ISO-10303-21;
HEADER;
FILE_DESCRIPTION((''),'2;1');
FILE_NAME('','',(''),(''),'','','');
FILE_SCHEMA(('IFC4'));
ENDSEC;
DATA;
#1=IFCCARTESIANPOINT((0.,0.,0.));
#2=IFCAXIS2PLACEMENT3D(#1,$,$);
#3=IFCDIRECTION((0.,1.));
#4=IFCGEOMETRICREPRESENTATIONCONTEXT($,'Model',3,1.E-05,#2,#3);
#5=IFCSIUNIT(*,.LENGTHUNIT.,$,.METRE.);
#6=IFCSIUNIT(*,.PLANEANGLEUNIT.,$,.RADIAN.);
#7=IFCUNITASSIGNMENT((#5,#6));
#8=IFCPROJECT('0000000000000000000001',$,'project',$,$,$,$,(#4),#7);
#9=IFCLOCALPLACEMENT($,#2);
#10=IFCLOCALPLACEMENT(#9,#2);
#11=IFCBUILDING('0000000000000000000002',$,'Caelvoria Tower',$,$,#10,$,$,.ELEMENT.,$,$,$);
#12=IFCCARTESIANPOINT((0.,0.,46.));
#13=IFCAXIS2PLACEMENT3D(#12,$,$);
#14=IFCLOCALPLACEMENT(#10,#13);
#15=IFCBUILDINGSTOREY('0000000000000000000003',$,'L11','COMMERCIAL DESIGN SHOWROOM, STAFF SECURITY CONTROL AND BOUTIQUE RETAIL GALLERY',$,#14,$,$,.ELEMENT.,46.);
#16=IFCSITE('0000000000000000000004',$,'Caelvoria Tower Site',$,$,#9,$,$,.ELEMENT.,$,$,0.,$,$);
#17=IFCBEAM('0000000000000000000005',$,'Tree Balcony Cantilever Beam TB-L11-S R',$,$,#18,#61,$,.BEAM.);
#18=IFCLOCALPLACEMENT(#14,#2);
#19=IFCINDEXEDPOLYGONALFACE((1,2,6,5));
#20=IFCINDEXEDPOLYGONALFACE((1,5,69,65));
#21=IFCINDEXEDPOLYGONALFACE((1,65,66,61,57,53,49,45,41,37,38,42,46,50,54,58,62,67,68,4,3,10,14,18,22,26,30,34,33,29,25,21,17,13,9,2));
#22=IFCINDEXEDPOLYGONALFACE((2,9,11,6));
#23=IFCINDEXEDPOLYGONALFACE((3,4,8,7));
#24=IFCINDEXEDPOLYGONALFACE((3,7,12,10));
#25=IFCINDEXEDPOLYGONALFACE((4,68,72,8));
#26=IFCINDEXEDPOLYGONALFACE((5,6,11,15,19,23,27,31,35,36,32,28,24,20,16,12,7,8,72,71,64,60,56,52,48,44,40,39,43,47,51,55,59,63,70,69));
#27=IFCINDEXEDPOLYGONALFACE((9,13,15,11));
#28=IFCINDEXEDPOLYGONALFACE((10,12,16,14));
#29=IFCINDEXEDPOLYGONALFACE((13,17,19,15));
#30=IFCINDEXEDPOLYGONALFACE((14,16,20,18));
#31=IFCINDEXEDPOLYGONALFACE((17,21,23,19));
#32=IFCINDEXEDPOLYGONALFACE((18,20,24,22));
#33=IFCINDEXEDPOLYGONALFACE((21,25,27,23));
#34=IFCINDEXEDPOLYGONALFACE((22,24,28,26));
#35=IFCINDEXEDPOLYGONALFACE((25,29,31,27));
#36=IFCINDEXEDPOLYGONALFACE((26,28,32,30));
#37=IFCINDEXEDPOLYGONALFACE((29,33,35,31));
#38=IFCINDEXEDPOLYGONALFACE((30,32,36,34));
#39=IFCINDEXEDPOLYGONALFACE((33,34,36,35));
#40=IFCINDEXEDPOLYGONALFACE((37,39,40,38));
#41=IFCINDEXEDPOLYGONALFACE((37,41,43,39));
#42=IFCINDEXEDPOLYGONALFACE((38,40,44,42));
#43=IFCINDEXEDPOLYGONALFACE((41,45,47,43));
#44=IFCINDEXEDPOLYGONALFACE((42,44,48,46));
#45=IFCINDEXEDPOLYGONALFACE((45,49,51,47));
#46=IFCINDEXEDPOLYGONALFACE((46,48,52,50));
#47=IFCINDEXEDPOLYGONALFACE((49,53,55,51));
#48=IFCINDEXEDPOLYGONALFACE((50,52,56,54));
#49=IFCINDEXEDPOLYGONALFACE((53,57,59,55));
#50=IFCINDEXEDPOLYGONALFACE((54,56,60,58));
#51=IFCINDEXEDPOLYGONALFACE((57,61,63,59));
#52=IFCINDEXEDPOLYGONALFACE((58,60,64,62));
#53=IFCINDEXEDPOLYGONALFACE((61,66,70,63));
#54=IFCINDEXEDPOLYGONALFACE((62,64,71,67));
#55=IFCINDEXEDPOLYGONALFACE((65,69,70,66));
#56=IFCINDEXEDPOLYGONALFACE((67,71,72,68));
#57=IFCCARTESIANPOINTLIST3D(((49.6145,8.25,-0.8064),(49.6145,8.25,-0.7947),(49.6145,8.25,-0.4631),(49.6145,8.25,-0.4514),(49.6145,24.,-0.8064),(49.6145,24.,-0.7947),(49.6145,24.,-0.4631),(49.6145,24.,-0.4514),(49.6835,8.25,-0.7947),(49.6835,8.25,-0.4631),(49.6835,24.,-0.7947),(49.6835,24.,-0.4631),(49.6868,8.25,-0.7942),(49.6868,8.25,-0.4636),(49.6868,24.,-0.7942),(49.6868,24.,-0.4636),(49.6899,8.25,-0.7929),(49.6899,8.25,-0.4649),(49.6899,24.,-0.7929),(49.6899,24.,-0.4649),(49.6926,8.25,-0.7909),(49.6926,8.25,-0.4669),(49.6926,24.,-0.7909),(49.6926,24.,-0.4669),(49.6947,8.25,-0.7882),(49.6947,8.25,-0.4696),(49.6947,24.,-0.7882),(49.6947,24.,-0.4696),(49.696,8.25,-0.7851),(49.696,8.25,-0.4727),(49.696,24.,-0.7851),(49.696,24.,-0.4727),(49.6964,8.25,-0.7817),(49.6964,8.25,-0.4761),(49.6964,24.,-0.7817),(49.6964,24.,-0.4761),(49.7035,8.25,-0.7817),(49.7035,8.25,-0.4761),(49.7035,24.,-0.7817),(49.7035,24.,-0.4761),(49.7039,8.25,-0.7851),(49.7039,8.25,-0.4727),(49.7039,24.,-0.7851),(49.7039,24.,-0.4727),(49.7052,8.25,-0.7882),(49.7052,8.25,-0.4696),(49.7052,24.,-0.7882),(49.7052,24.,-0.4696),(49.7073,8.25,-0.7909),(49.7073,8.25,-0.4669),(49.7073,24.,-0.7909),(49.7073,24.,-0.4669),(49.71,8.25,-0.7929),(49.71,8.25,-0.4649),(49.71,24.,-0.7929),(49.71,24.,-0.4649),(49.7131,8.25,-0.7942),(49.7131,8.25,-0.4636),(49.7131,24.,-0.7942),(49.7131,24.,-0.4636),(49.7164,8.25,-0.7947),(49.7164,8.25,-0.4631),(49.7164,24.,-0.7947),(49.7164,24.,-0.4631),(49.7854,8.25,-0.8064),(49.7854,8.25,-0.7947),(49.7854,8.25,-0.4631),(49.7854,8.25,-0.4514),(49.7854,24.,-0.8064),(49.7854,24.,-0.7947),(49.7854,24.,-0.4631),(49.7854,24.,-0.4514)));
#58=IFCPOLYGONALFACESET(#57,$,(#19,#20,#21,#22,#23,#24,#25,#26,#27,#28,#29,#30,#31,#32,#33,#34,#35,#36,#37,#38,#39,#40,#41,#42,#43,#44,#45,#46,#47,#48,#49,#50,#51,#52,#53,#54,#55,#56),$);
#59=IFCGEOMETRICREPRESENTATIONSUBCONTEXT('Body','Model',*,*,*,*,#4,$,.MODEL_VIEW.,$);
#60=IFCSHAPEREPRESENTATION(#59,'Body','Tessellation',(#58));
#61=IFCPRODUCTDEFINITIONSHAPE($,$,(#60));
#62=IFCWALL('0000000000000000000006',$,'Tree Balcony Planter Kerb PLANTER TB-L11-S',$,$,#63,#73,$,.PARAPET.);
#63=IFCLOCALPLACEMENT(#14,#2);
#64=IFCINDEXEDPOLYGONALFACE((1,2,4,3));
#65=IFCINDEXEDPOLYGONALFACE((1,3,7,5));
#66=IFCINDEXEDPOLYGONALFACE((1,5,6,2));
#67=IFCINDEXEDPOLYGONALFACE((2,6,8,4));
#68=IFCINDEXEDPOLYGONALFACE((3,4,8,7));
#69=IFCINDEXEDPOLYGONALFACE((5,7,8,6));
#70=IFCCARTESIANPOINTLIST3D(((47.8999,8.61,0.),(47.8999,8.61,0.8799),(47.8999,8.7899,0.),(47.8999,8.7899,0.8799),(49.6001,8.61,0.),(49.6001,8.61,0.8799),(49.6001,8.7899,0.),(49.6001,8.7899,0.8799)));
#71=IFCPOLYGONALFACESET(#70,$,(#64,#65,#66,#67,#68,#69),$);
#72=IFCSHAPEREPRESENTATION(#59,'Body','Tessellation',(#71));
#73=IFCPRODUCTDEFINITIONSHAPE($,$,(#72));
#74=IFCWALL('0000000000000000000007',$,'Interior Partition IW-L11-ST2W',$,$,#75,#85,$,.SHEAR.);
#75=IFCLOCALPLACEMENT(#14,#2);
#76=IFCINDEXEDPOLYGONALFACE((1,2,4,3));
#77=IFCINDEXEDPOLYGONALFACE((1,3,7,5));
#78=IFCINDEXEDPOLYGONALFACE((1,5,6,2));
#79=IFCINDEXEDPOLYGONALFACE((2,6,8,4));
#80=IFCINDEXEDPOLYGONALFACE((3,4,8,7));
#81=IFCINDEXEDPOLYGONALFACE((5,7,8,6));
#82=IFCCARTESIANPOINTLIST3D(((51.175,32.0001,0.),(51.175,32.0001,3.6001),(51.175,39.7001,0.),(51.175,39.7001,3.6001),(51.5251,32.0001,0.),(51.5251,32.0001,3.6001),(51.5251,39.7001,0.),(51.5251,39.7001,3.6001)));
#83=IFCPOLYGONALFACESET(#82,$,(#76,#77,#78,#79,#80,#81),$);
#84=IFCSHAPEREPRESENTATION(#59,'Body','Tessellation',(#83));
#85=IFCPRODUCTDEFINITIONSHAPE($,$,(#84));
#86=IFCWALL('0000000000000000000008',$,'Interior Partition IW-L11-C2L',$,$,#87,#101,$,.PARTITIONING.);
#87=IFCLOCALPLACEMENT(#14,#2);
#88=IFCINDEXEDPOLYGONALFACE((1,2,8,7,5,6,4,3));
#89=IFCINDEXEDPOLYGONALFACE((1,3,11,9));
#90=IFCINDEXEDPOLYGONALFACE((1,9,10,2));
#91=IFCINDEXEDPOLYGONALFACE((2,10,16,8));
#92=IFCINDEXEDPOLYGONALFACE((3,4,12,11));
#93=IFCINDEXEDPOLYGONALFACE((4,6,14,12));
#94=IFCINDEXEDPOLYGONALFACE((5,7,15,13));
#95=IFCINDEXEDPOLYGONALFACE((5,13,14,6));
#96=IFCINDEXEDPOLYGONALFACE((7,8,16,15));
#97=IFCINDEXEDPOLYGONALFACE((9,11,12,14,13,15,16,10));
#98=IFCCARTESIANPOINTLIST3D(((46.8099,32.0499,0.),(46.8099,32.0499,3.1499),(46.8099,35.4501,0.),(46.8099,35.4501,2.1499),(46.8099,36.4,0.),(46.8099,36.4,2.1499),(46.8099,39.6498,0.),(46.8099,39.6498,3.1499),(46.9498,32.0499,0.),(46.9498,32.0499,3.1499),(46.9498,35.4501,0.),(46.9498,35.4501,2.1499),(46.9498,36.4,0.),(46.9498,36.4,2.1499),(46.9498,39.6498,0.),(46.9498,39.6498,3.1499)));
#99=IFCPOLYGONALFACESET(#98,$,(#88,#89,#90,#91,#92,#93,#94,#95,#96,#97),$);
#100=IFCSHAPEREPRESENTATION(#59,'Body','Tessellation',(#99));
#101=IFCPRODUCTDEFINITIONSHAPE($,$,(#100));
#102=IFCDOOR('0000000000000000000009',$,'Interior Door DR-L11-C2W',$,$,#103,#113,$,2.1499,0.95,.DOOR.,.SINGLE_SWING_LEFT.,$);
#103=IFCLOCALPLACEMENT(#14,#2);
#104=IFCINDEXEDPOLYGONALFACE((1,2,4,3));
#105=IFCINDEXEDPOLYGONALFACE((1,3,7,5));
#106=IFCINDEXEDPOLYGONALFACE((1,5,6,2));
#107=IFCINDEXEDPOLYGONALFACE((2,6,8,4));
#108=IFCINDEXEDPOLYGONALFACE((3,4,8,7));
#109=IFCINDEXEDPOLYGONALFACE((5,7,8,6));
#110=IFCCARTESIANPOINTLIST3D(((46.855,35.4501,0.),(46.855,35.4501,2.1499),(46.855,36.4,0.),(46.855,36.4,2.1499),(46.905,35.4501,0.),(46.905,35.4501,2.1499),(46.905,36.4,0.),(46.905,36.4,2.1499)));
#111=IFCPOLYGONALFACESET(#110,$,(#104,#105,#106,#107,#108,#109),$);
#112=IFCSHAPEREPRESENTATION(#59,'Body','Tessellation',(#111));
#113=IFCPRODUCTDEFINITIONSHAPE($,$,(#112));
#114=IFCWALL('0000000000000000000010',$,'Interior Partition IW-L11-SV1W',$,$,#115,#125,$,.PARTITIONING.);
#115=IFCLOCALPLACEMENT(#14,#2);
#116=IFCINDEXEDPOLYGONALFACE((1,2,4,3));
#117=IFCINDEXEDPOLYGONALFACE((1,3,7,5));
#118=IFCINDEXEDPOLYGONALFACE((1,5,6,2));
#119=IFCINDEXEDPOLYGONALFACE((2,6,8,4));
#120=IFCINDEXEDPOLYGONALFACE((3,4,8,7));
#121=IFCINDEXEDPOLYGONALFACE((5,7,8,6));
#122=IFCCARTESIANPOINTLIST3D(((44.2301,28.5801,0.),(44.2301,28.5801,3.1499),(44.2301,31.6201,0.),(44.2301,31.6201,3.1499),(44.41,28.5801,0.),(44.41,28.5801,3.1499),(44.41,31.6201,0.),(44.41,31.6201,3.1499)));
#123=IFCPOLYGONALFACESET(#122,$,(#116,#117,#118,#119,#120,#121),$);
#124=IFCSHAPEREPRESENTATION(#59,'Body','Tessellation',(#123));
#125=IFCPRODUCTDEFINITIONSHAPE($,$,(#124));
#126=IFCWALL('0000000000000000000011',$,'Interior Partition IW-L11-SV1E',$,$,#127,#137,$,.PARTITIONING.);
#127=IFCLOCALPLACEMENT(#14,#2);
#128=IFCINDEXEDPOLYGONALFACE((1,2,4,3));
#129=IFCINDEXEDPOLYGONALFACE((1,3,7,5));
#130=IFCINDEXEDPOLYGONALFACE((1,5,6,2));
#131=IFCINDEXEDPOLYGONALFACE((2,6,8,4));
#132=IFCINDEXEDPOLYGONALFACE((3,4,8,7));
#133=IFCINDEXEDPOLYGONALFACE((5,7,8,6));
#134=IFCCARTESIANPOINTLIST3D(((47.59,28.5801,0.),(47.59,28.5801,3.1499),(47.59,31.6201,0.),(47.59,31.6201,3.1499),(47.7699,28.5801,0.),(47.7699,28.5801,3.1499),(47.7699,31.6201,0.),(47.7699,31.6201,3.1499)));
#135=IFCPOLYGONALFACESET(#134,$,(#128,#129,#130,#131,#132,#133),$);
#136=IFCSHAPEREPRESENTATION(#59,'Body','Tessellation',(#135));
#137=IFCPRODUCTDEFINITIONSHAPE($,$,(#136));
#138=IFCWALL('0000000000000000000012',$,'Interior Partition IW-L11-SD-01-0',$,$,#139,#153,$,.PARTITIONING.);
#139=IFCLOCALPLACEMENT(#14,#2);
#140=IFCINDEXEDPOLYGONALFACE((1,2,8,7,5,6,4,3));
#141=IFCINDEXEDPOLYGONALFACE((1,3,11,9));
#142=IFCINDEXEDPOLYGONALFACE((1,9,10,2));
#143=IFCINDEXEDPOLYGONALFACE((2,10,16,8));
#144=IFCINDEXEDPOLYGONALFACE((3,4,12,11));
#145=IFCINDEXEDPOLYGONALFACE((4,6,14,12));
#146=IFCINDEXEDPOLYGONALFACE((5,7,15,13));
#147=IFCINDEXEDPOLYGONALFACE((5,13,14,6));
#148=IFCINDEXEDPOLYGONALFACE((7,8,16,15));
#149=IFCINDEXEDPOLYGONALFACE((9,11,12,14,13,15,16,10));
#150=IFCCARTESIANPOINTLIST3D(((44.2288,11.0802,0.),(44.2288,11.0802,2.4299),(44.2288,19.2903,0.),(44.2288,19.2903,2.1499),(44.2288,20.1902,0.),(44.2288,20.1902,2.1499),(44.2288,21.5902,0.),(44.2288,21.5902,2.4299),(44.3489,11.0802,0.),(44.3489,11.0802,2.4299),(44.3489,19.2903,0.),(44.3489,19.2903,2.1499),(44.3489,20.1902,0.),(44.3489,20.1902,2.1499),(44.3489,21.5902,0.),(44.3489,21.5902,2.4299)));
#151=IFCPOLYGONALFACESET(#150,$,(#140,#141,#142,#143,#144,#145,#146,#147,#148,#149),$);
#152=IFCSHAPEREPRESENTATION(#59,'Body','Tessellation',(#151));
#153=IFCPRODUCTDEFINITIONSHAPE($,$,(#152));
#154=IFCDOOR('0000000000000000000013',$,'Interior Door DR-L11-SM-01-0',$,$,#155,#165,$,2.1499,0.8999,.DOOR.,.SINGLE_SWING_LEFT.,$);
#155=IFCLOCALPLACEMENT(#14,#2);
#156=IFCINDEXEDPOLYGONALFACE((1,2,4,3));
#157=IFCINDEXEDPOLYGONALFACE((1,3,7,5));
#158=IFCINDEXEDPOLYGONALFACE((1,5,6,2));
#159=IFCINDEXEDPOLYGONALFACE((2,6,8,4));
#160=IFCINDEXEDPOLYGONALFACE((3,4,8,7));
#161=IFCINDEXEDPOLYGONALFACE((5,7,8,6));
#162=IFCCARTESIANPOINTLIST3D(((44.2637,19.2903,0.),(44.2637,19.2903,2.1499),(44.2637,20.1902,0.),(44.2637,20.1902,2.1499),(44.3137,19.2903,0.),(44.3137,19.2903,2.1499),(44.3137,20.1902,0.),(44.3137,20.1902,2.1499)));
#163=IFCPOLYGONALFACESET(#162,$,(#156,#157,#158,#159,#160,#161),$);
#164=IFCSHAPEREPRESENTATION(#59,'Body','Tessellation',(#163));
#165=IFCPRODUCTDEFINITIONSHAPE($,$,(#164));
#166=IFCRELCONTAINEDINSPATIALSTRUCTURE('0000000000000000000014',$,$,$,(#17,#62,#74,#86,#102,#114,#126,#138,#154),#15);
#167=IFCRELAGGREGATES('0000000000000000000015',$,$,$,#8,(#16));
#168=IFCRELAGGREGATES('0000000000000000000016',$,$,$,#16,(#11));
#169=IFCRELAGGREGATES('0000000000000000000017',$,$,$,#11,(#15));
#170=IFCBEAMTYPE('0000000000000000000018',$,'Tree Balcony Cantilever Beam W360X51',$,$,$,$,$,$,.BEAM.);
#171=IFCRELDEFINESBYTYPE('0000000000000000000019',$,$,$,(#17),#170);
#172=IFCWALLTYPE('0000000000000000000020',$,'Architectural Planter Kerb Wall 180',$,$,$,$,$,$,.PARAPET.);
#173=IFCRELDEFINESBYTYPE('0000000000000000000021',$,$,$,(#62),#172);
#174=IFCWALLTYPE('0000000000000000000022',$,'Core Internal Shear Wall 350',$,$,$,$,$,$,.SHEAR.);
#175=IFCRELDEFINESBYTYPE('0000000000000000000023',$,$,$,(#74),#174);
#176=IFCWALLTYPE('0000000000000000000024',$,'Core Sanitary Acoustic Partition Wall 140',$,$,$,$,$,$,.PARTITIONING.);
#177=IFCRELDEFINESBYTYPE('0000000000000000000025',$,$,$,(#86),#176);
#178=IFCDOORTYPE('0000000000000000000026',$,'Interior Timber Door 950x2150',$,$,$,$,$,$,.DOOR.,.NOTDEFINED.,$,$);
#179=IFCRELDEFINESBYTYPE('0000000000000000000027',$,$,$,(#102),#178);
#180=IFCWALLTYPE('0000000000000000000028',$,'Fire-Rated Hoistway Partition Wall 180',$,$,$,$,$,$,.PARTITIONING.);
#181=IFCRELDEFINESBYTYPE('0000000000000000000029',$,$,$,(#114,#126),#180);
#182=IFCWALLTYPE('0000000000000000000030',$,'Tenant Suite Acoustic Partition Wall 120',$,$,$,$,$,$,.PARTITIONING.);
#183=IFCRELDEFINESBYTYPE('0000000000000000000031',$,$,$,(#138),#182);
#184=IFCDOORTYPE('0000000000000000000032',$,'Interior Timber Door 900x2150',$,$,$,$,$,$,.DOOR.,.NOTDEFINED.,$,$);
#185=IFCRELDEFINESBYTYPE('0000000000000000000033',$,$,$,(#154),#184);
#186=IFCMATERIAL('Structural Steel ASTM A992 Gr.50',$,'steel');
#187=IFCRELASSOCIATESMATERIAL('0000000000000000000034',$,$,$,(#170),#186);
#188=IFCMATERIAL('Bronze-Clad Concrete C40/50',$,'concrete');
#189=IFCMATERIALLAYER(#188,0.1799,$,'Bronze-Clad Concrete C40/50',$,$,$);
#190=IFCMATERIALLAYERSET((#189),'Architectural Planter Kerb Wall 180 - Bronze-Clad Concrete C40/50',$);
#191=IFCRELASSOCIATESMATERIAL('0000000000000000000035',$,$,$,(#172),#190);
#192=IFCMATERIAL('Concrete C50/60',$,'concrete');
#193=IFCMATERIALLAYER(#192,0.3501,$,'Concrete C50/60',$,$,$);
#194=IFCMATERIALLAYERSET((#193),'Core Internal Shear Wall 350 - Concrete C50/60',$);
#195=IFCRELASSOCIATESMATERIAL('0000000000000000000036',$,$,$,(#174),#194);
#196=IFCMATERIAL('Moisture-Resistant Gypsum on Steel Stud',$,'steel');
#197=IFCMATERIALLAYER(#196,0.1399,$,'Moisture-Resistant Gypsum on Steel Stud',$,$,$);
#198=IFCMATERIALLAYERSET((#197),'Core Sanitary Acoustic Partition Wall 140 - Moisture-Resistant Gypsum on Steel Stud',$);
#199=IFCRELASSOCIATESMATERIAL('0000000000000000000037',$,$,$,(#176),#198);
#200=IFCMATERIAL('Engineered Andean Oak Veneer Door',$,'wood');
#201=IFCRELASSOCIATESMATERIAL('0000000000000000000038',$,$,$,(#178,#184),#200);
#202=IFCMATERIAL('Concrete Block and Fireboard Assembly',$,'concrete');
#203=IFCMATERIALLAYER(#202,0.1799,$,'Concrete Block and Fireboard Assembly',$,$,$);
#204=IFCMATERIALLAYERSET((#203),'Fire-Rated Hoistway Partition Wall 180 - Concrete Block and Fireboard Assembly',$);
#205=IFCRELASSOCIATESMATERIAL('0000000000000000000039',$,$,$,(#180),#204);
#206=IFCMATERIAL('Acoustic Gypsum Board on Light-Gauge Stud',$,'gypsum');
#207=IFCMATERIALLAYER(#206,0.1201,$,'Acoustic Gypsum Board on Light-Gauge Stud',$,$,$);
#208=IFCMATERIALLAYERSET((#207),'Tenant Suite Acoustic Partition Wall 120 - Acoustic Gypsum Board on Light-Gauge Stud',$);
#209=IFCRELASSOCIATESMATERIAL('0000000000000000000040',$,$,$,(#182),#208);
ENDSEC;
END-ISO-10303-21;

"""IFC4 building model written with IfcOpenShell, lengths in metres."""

from ifc_helpers import new_model, si_unit, direction, frame, frame_2d, origin, origin_2d, place, context, subcontext, project, spatial, rectangle, i_section, extrude, material, layer, layer_set, material_profile, profile_set, type_object, element, fill, save


model = new_model("IFC4")

# Units and contexts
model_context = context("Model", 3, precision=1e-05, world=origin(), true_north=direction((0.0, 1.0)))
body_context = subcontext(model_context, "Body", "Model", "MODEL_VIEW")
ifc_project = project(units=[si_unit("LENGTHUNIT", "METRE"), si_unit("PLANEANGLEUNIT", "RADIAN")], contexts=[model_context])

# Site, building, storey
site_placement = place(None, origin())
site = spatial("IfcSite", under=ifc_project, at=site_placement, Name="Caelvoria Tower Site", CompositionType="ELEMENT", RefElevation=0.0)
building_placement = place(site_placement, origin())
building = spatial("IfcBuilding", under=site, at=building_placement, Name="Caelvoria Tower", CompositionType="ELEMENT")
storey_placement = place(building_placement, frame((0.0, 0.0, 46.0)))
storey = spatial("IfcBuildingStorey", under=building, at=storey_placement, Name="L11", Description="COMMERCIAL DESIGN SHOWROOM, STAFF SECURITY CONTROL AND BOUTIQUE RETAIL GALLERY", CompositionType="ELEMENT", Elevation=46.0)

# Beam
ifc_material_1 = material(Name="Structural Steel ASTM A992 Gr.50", Category="steel")
ifc_material_profile_1 = material_profile(ifc_material_1, i_section(OverallWidth=0.1709, OverallDepth=0.355, WebThickness=0.0071, FlangeThickness=0.0117, FilletRadius=0.0129, at=origin_2d()), Name="Structural Steel ASTM A992 Gr.50")
ifc_profile_set_1 = profile_set([ifc_material_profile_1], Name="W360X51 - Structural Steel ASTM A992 Gr.50")
beam_type_1 = type_object("IfcBeamType", Name="Tree Balcony Cantilever Beam W360X51", PredefinedType="BEAM", material=ifc_profile_set_1)
beam_1_placement = place(storey_placement, frame((49.7, 24.0, -0.6289), z_axis=(0.0, -1.0, 0.0), x_axis=(1.0, 0.0, 0.0)))
element("IfcBeam", 1, at=beam_1_placement, inside=storey, type_object=beam_type_1, Name="Tree Balcony Cantilever Beam TB-L11-S R", PredefinedType="BEAM", context=body_context, shape_type="SweptSolid", body=[
    extrude(i_section(OverallWidth=0.1709, OverallDepth=0.355, WebThickness=0.0071, FlangeThickness=0.0117, FilletRadius=0.0129, at=origin_2d()), origin(), (0.0, 0.0, 1.0), 15.75),
])

# Walls
ifc_material_2 = material(Name="Bronze-Clad Concrete C40/50", Category="concrete")
ifc_layer_1 = layer(ifc_material_2, 0.1799, Name="Bronze-Clad Concrete C40/50")
ifc_layer_set_1 = layer_set([ifc_layer_1], Name="Architectural Planter Kerb Wall 180 - Bronze-Clad Concrete C40/50")
wall_type_1 = type_object("IfcWallType", Name="Architectural Planter Kerb Wall 180", PredefinedType="PARAPET", material=ifc_layer_set_1)
wall_1_placement = place(storey_placement, frame((47.8999, 8.7, 0.0), z_axis=(0.0, 0.0, 1.0), x_axis=(1.0, 0.0, 0.0)))
element("IfcWall", 2, at=wall_1_placement, inside=storey, type_object=wall_type_1, Name="Tree Balcony Planter Kerb PLANTER TB-L11-S", PredefinedType="PARAPET", context=body_context, shape_type="SweptSolid", body=[
    extrude(rectangle(XDim=1.7002, YDim=0.1799, at=frame_2d((0.8501, 0.0))), origin(), (0.0, 0.0, 1.0), 0.8799),
])
ifc_material_3 = material(Name="Concrete C50/60", Category="concrete")
ifc_layer_2 = layer(ifc_material_3, 0.3501, Name="Concrete C50/60")
ifc_layer_set_2 = layer_set([ifc_layer_2], Name="Core Internal Shear Wall 350 - Concrete C50/60")
wall_type_2 = type_object("IfcWallType", Name="Core Internal Shear Wall 350", PredefinedType="SHEAR", material=ifc_layer_set_2)
wall_2_placement = place(storey_placement, frame((51.3501, 32.0, 0.0), z_axis=(0.0, 0.0, 1.0), x_axis=(0.0, 1.0, 0.0)))
element("IfcWall", 3, at=wall_2_placement, inside=storey, type_object=wall_type_2, Name="Interior Partition IW-L11-ST2W", PredefinedType="SHEAR", context=body_context, shape_type="SweptSolid", body=[
    extrude(rectangle(XDim=7.7, YDim=0.3501, at=frame_2d((3.8501, 0.0))), origin(), (0.0, 0.0, 1.0), 3.6001),
])

# Wall, opening, door
ifc_material_4 = material(Name="Moisture-Resistant Gypsum on Steel Stud", Category="steel")
ifc_layer_3 = layer(ifc_material_4, 0.1399, Name="Moisture-Resistant Gypsum on Steel Stud")
ifc_layer_set_3 = layer_set([ifc_layer_3], Name="Core Sanitary Acoustic Partition Wall 140 - Moisture-Resistant Gypsum on Steel Stud")
wall_type_3 = type_object("IfcWallType", Name="Core Sanitary Acoustic Partition Wall 140", PredefinedType="PARTITIONING", material=ifc_layer_set_3)
wall_3_placement = place(storey_placement, frame((46.8799, 32.05, 0.0), z_axis=(0.0, 0.0, 1.0), x_axis=(0.0, 1.0, 0.0)))
wall_3 = element("IfcWall", 4, at=wall_3_placement, inside=storey, type_object=wall_type_3, Name="Interior Partition IW-L11-C2L", PredefinedType="PARTITIONING", context=body_context, shape_type="SweptSolid", body=[
    extrude(rectangle(XDim=7.5999, YDim=0.1399, at=frame_2d((3.7998, 0.0))), origin(), (0.0, 0.0, 1.0), 3.1499),
])
opening_1_placement = place(wall_3_placement, frame((3.3999, 0.0, 0.0)))
opening_1 = element("IfcOpeningElement", 5, at=opening_1_placement, cuts=wall_3, PredefinedType="OPENING", context=body_context, shape_type="SweptSolid", body=[
    extrude(rectangle(XDim=0.95, YDim=2.1499, at=frame_2d((0.4751, 1.075))), frame((0.0, 0.0798, 0.0), z_axis=(0.0, -1.0, 0.0), x_axis=(1.0, 0.0, 0.0)), (0.0, 0.0, 1.0), 0.1599),
])
ifc_material_5 = material(Name="Engineered Andean Oak Veneer Door", Category="wood")
door_type_1 = type_object("IfcDoorType", Name="Interior Timber Door 950x2150", OperationType="NOTDEFINED", PredefinedType="DOOR", material=ifc_material_5)
door_1_placement = place(opening_1_placement, origin())
door_1 = element("IfcDoor", 6, at=door_1_placement, inside=storey, type_object=door_type_1, Name="Interior Door DR-L11-C2W", OperationType="SINGLE_SWING_LEFT", OverallHeight=2.1499, OverallWidth=0.95, PredefinedType="DOOR", context=body_context, shape_type="SweptSolid", body=[
    extrude(rectangle(XDim=0.95, YDim=2.1499, at=frame_2d((0.4751, 1.075))), frame((0.0, 0.0249, 0.0), z_axis=(0.0, -1.0, 0.0), x_axis=(1.0, 0.0, 0.0)), (0.0, 0.0, 1.0), 0.05),
])
fill(opening_1, door_1)

# Walls
ifc_material_6 = material(Name="Concrete Block and Fireboard Assembly", Category="concrete")
ifc_layer_4 = layer(ifc_material_6, 0.1799, Name="Concrete Block and Fireboard Assembly")
ifc_layer_set_4 = layer_set([ifc_layer_4], Name="Fire-Rated Hoistway Partition Wall 180 - Concrete Block and Fireboard Assembly")
wall_type_4 = type_object("IfcWallType", Name="Fire-Rated Hoistway Partition Wall 180", PredefinedType="PARTITIONING", material=ifc_layer_set_4)
for number, where, z_axis, x_axis, name in (
    (7, (44.3201, 28.5801, 0.0), (0.0, 0.0, 1.0), (0.0, 1.0, 0.0), "Interior Partition IW-L11-SV1W"),
    (8, (47.6799, 28.5801, 0.0), (0.0, 0.0, 1.0), (0.0, 1.0, 0.0), "Interior Partition IW-L11-SV1E"),
):
    element("IfcWall", number, at=place(storey_placement, frame(where, z_axis=z_axis, x_axis=x_axis)), inside=storey, type_object=wall_type_4, Name=name, PredefinedType="PARTITIONING", context=body_context, shape_type="SweptSolid", body=[
        extrude(rectangle(XDim=3.04, YDim=0.1799, at=frame_2d((1.52, 0.0))), origin(), (0.0, 0.0, 1.0), 3.1499),
    ])

# Wall, opening, door
ifc_material_7 = material(Name="Acoustic Gypsum Board on Light-Gauge Stud", Category="gypsum")
ifc_layer_5 = layer(ifc_material_7, 0.1201, Name="Acoustic Gypsum Board on Light-Gauge Stud")
ifc_layer_set_5 = layer_set([ifc_layer_5], Name="Tenant Suite Acoustic Partition Wall 120 - Acoustic Gypsum Board on Light-Gauge Stud")
wall_type_5 = type_object("IfcWallType", Name="Tenant Suite Acoustic Partition Wall 120", PredefinedType="PARTITIONING", material=ifc_layer_set_5)
wall_4_placement = place(storey_placement, frame((44.2888, 21.5901, 0.0), z_axis=(0.0, 0.0, 1.0), x_axis=(0.0, -1.0, 0.0)))
wall_4 = element("IfcWall", 9, at=wall_4_placement, inside=storey, type_object=wall_type_5, Name="Interior Partition IW-L11-SD-01-0", PredefinedType="PARTITIONING", context=body_context, shape_type="SweptSolid", body=[
    extrude(rectangle(XDim=10.51, YDim=0.1201, at=frame_2d((5.2549, 0.0))), origin(), (0.0, 0.0, 1.0), 2.4299),
])
opening_2_placement = place(wall_4_placement, frame((1.3999, 0.0, 0.0)))
opening_2 = element("IfcOpeningElement", 10, at=opening_2_placement, cuts=wall_4, PredefinedType="OPENING", context=body_context, shape_type="SweptSolid", body=[
    extrude(rectangle(XDim=0.8999, YDim=2.1499, at=frame_2d((0.45, 1.075))), frame((0.0, 0.0701, 0.0), z_axis=(0.0, -1.0, 0.0), x_axis=(1.0, 0.0, 0.0)), (0.0, 0.0, 1.0), 0.1401),
])
door_type_2 = type_object("IfcDoorType", Name="Interior Timber Door 900x2150", OperationType="NOTDEFINED", PredefinedType="DOOR", material=ifc_material_5)
door_2_placement = place(opening_2_placement, origin())
door_2 = element("IfcDoor", 11, at=door_2_placement, inside=storey, type_object=door_type_2, Name="Interior Door DR-L11-SM-01-0", OperationType="SINGLE_SWING_LEFT", OverallHeight=2.1499, OverallWidth=0.8999, PredefinedType="DOOR", context=body_context, shape_type="SweptSolid", body=[
    extrude(rectangle(XDim=0.8999, YDim=2.1499, at=frame_2d((0.45, 1.075))), frame((0.0, 0.0249, 0.0), z_axis=(0.0, -1.0, 0.0), x_axis=(1.0, 0.0, 0.0)), (0.0, 0.0, 1.0), 0.05),
])
fill(opening_2, door_2)

save(model, "model.ifc")
